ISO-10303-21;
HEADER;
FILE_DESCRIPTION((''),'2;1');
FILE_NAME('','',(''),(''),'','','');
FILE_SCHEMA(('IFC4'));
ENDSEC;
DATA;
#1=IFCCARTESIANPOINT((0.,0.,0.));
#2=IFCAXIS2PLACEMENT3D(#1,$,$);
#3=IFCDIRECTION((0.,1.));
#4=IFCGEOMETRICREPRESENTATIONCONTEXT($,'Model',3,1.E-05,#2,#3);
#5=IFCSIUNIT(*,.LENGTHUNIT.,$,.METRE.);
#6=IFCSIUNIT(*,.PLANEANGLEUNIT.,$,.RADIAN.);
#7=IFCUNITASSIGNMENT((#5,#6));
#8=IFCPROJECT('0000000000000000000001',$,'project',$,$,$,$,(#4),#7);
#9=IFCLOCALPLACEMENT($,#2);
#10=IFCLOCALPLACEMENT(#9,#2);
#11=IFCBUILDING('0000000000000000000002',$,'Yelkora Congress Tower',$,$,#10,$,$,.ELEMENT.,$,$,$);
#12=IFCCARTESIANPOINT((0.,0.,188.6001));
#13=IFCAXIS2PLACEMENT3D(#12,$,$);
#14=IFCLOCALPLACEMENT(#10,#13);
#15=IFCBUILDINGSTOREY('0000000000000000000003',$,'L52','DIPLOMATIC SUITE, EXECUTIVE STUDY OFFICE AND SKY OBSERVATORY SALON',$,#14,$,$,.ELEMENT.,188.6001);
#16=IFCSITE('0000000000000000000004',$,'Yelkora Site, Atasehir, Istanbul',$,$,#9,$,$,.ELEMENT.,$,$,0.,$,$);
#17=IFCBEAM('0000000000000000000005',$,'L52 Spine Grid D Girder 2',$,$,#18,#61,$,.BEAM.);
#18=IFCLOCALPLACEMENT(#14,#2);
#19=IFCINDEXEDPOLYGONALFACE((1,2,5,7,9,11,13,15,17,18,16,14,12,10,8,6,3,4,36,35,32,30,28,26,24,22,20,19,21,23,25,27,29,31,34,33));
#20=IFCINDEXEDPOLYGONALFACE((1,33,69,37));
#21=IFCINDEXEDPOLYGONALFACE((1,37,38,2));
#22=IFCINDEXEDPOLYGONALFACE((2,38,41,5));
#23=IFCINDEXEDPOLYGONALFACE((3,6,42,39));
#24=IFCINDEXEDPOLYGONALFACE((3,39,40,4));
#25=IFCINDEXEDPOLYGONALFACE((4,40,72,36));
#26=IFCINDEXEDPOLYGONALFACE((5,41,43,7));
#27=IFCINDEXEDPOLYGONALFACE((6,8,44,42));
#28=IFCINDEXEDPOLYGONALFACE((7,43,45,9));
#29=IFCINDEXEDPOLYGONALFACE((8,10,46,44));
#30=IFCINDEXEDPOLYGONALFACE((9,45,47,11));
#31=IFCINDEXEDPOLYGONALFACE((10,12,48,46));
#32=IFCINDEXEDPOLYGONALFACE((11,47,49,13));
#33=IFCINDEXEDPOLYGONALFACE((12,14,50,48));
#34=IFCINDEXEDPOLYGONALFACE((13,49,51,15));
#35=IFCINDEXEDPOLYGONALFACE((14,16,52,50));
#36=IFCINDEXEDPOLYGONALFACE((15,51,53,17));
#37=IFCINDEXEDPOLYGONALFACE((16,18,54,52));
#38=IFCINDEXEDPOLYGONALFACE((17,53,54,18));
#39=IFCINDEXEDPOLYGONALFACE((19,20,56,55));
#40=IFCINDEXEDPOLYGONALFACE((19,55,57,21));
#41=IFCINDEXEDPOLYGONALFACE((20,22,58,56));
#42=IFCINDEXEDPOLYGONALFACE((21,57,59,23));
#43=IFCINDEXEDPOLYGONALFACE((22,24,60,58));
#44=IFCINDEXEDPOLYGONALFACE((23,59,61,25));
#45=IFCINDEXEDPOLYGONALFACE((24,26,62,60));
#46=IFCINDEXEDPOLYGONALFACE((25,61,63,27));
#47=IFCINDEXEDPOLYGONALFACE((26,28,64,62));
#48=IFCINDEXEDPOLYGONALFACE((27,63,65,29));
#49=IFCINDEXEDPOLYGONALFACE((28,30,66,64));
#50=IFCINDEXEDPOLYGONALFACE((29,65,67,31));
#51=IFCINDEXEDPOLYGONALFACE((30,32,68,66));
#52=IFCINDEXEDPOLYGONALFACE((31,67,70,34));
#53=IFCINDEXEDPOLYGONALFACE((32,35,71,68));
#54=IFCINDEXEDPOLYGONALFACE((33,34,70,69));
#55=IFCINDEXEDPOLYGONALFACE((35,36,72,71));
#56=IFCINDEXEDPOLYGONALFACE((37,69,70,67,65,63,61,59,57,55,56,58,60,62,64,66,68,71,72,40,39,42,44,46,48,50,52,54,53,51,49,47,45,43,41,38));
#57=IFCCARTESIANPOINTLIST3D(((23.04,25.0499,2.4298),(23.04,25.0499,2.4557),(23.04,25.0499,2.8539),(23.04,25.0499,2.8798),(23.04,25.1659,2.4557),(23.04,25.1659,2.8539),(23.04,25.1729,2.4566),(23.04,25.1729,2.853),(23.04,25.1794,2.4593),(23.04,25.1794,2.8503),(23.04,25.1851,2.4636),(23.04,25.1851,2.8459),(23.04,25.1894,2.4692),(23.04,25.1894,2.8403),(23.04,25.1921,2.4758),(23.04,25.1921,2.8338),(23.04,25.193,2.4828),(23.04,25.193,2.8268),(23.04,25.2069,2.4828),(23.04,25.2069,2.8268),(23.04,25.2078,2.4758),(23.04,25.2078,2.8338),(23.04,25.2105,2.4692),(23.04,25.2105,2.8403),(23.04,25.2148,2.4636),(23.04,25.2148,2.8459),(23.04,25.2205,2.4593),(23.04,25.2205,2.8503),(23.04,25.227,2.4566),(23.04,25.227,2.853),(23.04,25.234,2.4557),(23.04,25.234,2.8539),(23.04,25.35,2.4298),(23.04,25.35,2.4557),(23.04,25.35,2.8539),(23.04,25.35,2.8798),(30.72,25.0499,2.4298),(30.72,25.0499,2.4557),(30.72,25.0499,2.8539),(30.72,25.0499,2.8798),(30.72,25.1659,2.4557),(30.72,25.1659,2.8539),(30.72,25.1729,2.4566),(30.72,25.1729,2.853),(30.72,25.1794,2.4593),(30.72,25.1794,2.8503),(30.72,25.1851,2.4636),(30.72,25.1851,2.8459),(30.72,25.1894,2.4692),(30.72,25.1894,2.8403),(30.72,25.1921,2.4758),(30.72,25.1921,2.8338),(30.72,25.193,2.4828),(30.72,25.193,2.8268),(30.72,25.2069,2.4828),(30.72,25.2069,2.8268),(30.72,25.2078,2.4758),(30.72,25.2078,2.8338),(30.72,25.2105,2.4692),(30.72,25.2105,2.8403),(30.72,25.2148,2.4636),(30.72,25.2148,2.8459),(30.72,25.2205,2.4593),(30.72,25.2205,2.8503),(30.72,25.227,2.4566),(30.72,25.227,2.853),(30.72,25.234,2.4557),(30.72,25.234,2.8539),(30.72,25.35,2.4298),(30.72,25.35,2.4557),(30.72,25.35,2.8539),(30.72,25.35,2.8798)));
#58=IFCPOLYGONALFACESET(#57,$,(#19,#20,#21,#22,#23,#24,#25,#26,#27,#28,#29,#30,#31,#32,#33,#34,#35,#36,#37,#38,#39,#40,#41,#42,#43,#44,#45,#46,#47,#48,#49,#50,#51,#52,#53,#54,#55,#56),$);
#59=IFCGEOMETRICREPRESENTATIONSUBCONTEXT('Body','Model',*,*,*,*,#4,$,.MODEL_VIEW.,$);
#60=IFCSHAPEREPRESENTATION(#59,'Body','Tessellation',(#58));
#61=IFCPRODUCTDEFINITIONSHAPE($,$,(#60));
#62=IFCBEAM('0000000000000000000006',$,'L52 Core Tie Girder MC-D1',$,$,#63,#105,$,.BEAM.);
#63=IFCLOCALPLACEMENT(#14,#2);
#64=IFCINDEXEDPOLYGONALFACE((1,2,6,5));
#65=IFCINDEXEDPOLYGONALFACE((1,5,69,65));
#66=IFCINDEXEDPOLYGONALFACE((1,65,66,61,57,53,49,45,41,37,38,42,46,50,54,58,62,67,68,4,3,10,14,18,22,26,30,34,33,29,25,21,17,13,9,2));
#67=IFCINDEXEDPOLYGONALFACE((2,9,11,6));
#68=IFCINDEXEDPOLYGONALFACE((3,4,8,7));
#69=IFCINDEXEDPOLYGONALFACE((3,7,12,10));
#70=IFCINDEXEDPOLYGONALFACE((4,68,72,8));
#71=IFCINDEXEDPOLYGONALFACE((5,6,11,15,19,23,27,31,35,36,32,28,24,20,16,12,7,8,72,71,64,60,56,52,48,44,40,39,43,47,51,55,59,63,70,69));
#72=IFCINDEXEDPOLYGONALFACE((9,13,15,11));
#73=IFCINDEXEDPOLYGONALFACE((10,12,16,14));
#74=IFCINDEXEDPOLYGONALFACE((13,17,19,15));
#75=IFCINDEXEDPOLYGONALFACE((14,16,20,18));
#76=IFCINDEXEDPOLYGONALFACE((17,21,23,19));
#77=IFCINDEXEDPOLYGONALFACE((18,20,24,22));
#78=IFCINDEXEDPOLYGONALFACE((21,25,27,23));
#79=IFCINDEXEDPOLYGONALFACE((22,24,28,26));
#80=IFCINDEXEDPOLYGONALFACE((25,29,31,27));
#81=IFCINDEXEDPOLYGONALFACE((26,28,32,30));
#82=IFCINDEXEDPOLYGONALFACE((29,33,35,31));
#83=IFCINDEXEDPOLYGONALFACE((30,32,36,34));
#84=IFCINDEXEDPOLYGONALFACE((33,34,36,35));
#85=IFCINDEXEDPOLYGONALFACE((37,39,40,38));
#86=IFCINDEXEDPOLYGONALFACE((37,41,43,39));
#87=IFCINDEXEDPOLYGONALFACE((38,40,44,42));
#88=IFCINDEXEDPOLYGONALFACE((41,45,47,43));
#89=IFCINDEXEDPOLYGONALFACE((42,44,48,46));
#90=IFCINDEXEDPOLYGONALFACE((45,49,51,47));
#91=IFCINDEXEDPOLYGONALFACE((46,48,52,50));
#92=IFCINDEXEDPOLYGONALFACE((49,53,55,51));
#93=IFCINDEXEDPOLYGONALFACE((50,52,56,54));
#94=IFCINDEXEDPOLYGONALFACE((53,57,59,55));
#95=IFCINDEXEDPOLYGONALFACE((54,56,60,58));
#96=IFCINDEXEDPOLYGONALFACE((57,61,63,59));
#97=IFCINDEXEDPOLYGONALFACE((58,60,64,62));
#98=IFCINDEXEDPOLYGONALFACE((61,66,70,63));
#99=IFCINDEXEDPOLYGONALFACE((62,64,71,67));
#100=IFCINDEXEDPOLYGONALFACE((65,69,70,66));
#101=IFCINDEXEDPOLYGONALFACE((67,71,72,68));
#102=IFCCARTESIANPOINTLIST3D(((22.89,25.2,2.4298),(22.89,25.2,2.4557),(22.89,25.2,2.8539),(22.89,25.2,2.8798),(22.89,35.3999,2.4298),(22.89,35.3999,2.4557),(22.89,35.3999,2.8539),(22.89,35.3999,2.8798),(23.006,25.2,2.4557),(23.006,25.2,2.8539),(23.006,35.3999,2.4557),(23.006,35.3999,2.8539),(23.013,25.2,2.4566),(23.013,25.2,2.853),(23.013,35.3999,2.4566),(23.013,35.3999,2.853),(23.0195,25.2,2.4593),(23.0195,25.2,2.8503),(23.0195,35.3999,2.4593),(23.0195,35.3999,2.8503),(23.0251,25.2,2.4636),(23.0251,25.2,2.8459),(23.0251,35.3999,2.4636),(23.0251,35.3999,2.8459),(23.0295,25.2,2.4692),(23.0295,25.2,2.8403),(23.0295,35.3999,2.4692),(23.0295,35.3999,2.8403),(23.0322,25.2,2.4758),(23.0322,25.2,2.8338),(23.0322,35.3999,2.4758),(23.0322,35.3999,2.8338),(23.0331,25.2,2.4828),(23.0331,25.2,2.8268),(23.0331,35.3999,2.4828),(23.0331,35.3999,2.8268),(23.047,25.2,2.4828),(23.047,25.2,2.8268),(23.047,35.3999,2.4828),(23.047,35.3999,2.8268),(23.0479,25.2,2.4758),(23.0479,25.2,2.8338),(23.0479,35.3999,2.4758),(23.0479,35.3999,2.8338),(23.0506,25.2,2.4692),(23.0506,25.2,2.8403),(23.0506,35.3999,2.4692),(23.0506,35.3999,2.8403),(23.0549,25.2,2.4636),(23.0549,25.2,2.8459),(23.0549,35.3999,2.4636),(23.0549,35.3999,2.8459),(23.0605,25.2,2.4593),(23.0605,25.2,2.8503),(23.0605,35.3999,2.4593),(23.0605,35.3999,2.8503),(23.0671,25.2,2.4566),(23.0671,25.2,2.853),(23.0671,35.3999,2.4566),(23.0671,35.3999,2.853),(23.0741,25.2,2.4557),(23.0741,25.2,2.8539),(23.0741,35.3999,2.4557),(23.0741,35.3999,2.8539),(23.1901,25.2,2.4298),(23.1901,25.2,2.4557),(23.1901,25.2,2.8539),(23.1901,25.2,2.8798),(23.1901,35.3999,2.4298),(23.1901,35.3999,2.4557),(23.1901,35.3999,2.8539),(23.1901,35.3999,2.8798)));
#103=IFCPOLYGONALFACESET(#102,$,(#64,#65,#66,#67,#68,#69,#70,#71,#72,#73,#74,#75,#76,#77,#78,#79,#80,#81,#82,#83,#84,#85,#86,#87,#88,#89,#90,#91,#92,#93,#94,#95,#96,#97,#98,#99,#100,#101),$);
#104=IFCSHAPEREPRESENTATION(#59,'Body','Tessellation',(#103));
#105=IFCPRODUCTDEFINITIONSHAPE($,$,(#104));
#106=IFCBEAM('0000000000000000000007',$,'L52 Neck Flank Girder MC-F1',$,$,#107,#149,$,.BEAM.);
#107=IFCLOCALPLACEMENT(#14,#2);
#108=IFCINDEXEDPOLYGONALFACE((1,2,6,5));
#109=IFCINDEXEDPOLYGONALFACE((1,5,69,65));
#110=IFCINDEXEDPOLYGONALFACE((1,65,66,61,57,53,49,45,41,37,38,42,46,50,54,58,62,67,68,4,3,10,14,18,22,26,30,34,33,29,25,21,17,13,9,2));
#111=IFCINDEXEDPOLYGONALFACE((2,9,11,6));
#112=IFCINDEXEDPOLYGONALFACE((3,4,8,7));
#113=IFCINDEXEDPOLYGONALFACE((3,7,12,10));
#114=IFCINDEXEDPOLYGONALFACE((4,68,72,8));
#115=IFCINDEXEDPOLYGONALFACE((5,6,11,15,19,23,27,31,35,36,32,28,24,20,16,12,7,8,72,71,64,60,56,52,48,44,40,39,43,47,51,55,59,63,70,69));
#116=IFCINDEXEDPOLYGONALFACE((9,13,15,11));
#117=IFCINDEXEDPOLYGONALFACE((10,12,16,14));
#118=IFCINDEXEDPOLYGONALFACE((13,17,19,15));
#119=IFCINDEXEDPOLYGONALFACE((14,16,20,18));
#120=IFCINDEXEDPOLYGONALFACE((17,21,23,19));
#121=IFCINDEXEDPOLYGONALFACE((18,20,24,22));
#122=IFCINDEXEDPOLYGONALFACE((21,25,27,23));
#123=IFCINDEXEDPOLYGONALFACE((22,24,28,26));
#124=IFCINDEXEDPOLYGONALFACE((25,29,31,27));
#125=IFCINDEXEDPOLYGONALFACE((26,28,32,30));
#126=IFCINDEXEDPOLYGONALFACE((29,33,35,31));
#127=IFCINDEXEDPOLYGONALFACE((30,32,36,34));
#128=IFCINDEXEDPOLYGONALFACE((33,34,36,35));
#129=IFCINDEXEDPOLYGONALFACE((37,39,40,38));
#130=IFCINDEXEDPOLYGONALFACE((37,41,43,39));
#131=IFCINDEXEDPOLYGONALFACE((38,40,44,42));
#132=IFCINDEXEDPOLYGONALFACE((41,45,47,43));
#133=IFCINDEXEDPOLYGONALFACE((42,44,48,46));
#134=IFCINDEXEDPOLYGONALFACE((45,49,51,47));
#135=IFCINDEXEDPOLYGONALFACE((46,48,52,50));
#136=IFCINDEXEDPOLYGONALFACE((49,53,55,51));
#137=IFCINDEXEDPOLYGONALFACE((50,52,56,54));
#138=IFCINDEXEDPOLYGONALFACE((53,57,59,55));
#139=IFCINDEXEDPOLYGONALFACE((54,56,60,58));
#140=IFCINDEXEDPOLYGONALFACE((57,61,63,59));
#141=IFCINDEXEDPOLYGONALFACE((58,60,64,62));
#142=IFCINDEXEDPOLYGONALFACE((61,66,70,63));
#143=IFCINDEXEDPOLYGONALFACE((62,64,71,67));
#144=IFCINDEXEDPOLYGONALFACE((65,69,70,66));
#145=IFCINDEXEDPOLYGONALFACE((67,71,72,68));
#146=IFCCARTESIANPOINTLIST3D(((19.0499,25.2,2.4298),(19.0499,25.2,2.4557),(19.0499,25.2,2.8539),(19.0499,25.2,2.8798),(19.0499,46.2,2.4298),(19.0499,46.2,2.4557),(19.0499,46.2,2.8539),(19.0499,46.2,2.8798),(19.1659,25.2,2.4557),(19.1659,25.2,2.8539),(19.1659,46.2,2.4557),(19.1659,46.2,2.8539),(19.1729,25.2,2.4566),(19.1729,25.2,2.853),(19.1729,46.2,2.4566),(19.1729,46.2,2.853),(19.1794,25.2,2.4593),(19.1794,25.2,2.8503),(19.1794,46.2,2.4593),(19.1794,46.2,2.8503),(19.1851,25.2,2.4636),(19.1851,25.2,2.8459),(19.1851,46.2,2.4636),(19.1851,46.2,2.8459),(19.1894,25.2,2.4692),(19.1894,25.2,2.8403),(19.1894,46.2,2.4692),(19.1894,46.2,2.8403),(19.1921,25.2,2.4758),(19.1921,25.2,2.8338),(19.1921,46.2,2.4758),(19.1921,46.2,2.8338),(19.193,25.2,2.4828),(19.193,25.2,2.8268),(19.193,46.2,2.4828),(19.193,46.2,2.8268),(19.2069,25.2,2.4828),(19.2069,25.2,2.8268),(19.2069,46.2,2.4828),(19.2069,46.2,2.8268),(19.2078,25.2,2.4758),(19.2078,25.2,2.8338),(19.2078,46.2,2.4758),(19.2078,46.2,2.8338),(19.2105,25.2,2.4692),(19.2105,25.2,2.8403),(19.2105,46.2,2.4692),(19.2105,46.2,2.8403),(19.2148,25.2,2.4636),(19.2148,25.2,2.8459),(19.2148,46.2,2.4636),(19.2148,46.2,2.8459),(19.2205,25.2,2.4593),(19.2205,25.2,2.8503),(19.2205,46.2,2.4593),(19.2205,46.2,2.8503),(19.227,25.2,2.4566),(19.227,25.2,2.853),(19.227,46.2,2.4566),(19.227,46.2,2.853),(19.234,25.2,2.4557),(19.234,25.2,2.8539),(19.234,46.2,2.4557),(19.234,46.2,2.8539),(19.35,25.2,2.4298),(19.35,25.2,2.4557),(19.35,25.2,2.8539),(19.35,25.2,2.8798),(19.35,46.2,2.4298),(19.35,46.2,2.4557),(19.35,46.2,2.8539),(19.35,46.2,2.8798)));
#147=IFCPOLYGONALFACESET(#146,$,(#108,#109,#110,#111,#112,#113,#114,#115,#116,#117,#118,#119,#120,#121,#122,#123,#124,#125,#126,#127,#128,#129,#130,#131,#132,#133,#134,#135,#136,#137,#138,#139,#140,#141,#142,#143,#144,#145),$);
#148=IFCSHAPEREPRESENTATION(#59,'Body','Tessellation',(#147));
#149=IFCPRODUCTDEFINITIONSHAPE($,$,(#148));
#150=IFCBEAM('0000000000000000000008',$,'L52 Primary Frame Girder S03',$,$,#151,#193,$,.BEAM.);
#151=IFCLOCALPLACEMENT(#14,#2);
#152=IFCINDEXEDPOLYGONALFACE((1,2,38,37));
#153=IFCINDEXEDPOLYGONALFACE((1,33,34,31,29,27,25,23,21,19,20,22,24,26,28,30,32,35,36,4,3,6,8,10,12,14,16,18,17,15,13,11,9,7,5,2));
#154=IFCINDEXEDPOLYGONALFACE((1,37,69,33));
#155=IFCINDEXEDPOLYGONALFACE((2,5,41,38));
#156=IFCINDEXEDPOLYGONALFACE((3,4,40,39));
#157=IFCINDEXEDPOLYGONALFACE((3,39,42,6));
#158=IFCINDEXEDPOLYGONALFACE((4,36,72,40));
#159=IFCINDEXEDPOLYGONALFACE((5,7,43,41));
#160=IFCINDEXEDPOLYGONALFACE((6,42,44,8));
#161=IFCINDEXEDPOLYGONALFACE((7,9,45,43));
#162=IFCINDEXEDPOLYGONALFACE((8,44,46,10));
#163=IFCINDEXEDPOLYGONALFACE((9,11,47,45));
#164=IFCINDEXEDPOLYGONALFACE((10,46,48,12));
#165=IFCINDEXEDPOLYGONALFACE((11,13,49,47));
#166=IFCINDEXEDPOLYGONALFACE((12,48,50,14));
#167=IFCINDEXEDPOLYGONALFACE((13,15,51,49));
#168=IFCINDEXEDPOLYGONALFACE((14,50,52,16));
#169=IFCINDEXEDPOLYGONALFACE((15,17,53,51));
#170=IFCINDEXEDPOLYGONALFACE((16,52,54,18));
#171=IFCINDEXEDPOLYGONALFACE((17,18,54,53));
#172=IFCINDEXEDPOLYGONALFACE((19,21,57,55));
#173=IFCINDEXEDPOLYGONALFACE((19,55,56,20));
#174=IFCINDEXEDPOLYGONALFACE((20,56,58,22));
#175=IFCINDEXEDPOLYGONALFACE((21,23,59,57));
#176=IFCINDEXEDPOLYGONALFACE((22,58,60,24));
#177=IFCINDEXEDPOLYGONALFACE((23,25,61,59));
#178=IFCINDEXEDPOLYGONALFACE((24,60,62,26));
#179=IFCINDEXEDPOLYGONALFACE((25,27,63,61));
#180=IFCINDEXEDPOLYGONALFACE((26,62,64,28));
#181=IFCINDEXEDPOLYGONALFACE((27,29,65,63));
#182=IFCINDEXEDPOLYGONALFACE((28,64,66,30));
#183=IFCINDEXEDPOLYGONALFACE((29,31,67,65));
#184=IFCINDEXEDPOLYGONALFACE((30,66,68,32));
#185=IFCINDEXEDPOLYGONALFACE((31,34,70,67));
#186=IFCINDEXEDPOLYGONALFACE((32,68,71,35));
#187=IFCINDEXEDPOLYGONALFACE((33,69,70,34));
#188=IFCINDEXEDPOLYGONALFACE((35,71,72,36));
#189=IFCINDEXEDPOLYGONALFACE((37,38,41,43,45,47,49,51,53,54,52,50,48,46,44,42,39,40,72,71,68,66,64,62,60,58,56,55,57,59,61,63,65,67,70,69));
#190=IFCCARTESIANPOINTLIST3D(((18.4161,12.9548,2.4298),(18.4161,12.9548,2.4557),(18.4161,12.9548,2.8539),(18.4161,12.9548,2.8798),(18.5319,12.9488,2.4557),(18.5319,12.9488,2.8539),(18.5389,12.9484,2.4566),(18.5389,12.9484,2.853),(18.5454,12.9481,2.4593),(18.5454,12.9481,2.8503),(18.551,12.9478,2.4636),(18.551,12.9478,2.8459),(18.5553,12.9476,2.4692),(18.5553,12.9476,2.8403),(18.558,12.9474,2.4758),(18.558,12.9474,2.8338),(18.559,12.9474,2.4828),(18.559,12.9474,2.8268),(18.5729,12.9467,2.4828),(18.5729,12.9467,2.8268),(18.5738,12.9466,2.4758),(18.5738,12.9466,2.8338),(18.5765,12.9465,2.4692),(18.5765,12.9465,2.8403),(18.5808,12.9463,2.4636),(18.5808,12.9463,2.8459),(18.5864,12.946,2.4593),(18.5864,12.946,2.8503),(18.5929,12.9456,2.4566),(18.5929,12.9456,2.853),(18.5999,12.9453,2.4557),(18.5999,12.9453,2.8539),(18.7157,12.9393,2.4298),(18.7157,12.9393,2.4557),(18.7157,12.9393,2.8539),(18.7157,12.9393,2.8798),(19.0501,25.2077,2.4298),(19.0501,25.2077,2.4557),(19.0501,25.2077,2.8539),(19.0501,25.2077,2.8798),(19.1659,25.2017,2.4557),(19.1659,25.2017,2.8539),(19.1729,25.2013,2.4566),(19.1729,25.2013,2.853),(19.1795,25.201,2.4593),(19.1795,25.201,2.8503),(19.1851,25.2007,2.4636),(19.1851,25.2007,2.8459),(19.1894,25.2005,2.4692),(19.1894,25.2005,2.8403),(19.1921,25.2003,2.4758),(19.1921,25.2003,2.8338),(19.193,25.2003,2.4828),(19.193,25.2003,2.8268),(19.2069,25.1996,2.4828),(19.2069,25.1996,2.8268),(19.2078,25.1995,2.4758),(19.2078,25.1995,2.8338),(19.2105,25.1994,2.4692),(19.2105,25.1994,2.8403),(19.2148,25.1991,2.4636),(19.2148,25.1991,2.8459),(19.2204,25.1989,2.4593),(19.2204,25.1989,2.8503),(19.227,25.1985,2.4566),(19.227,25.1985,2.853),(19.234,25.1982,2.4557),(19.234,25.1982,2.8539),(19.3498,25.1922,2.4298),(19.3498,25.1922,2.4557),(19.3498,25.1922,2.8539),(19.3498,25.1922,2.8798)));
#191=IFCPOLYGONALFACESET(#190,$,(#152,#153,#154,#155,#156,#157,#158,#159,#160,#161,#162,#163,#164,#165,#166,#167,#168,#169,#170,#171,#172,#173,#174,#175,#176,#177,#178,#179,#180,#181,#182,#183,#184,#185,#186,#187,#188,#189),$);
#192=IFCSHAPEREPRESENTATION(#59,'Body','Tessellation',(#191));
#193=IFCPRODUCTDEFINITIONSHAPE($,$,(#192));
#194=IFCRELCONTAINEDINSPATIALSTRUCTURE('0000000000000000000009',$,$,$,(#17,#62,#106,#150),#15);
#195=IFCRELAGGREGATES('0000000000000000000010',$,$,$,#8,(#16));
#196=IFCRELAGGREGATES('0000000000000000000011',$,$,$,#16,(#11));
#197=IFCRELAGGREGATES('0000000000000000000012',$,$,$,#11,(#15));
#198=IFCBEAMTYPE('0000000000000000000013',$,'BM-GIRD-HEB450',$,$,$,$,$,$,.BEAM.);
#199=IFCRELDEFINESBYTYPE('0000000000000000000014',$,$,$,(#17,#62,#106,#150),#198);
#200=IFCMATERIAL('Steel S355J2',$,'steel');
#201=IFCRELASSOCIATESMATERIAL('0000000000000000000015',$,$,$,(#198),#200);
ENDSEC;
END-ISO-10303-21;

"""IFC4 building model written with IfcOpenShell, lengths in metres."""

from ifc_helpers import new_model, si_unit, direction, frame, origin, origin_2d, place, context, subcontext, project, spatial, i_section, extrude, material, material_profile, profile_set, type_object, element, save


model = new_model("IFC4")

# Units and contexts
model_context = context("Model", 3, precision=1e-05, world=origin(), true_north=direction((0.0, 1.0)))
body_context = subcontext(model_context, "Body", "Model", "MODEL_VIEW")
ifc_project = project(units=[si_unit("LENGTHUNIT", "METRE"), si_unit("PLANEANGLEUNIT", "RADIAN")], contexts=[model_context])

# Site, building, storey
site_placement = place(None, origin())
site = spatial("IfcSite", under=ifc_project, at=site_placement, Name="Yelkora Site, Atasehir, Istanbul", CompositionType="ELEMENT", RefElevation=0.0)
building_placement = place(site_placement, origin())
building = spatial("IfcBuilding", under=site, at=building_placement, Name="Yelkora Congress Tower", CompositionType="ELEMENT")
storey_placement = place(building_placement, frame((0.0, 0.0, 188.6001)))
storey = spatial("IfcBuildingStorey", under=building, at=storey_placement, Name="L52", Description="DIPLOMATIC SUITE, EXECUTIVE STUDY OFFICE AND SKY OBSERVATORY SALON", CompositionType="ELEMENT", Elevation=188.6001)

# Beams
ifc_material_1 = material(Name="Steel S355J2", Category="steel")
ifc_material_profile_1 = material_profile(ifc_material_1, i_section(OverallWidth=0.3, OverallDepth=0.45, WebThickness=0.0139, FlangeThickness=0.0259, FilletRadius=0.0271, at=origin_2d()), Name="HEB 450")
ifc_profile_set_1 = profile_set([ifc_material_profile_1], Name="Steel S355J2")
beam_type_1 = type_object("IfcBeamType", Name="BM-GIRD-HEB450", PredefinedType="BEAM", material=ifc_profile_set_1)
beam_1_placement = place(storey_placement, frame((23.04, 25.2, 2.6548), z_axis=(1.0, 0.0, 0.0), x_axis=(0.0, 1.0, 0.0)))
element("IfcBeam", 1, at=beam_1_placement, inside=storey, type_object=beam_type_1, Name="L52 Spine Grid D Girder 2", PredefinedType="BEAM", context=body_context, shape_type="SweptSolid", body=[
    extrude(i_section(OverallWidth=0.3, OverallDepth=0.45, WebThickness=0.0139, FlangeThickness=0.0259, FilletRadius=0.0271, at=origin_2d()), origin(), (0.0, 0.0, 1.0), 7.6799),
])
beam_2_placement = place(storey_placement, frame((23.04, 25.2, 2.6548), z_axis=(0.0, 1.0, 0.0), x_axis=(-1.0, 0.0, 0.0)))
element("IfcBeam", 2, at=beam_2_placement, inside=storey, type_object=beam_type_1, Name="L52 Core Tie Girder MC-D1", PredefinedType="BEAM", context=body_context, shape_type="SweptSolid", body=[
    extrude(i_section(OverallWidth=0.3, OverallDepth=0.45, WebThickness=0.0139, FlangeThickness=0.0259, FilletRadius=0.0271, at=origin_2d()), origin(), (0.0, 0.0, 1.0), 10.2),
])
beam_3_placement = place(storey_placement, frame((19.2, 25.2, 2.6548), z_axis=(0.0, 1.0, 0.0), x_axis=(-1.0, 0.0, 0.0)))
element("IfcBeam", 3, at=beam_3_placement, inside=storey, type_object=beam_type_1, Name="L52 Neck Flank Girder MC-F1", PredefinedType="BEAM", context=body_context, shape_type="SweptSolid", body=[
    extrude(i_section(OverallWidth=0.3, OverallDepth=0.45, WebThickness=0.0139, FlangeThickness=0.0259, FilletRadius=0.0271, at=origin_2d()), origin(), (0.0, 0.0, 1.0), 21.0),
])
beam_4_placement = place(storey_placement, frame((18.5659, 12.947, 2.6548), z_axis=(0.051676, 0.998664, 0.0), x_axis=(-0.998664, 0.051676, 0.0)))
element("IfcBeam", 4, at=beam_4_placement, inside=storey, type_object=beam_type_1, Name="L52 Primary Frame Girder S03", PredefinedType="BEAM", context=body_context, shape_type="SweptSolid", body=[
    extrude(i_section(OverallWidth=0.3, OverallDepth=0.45, WebThickness=0.0139, FlangeThickness=0.0259, FilletRadius=0.0271, at=origin_2d()), origin(), (0.0, 0.0, 1.0), 12.2693),
])

save(model, "model.ifc")
